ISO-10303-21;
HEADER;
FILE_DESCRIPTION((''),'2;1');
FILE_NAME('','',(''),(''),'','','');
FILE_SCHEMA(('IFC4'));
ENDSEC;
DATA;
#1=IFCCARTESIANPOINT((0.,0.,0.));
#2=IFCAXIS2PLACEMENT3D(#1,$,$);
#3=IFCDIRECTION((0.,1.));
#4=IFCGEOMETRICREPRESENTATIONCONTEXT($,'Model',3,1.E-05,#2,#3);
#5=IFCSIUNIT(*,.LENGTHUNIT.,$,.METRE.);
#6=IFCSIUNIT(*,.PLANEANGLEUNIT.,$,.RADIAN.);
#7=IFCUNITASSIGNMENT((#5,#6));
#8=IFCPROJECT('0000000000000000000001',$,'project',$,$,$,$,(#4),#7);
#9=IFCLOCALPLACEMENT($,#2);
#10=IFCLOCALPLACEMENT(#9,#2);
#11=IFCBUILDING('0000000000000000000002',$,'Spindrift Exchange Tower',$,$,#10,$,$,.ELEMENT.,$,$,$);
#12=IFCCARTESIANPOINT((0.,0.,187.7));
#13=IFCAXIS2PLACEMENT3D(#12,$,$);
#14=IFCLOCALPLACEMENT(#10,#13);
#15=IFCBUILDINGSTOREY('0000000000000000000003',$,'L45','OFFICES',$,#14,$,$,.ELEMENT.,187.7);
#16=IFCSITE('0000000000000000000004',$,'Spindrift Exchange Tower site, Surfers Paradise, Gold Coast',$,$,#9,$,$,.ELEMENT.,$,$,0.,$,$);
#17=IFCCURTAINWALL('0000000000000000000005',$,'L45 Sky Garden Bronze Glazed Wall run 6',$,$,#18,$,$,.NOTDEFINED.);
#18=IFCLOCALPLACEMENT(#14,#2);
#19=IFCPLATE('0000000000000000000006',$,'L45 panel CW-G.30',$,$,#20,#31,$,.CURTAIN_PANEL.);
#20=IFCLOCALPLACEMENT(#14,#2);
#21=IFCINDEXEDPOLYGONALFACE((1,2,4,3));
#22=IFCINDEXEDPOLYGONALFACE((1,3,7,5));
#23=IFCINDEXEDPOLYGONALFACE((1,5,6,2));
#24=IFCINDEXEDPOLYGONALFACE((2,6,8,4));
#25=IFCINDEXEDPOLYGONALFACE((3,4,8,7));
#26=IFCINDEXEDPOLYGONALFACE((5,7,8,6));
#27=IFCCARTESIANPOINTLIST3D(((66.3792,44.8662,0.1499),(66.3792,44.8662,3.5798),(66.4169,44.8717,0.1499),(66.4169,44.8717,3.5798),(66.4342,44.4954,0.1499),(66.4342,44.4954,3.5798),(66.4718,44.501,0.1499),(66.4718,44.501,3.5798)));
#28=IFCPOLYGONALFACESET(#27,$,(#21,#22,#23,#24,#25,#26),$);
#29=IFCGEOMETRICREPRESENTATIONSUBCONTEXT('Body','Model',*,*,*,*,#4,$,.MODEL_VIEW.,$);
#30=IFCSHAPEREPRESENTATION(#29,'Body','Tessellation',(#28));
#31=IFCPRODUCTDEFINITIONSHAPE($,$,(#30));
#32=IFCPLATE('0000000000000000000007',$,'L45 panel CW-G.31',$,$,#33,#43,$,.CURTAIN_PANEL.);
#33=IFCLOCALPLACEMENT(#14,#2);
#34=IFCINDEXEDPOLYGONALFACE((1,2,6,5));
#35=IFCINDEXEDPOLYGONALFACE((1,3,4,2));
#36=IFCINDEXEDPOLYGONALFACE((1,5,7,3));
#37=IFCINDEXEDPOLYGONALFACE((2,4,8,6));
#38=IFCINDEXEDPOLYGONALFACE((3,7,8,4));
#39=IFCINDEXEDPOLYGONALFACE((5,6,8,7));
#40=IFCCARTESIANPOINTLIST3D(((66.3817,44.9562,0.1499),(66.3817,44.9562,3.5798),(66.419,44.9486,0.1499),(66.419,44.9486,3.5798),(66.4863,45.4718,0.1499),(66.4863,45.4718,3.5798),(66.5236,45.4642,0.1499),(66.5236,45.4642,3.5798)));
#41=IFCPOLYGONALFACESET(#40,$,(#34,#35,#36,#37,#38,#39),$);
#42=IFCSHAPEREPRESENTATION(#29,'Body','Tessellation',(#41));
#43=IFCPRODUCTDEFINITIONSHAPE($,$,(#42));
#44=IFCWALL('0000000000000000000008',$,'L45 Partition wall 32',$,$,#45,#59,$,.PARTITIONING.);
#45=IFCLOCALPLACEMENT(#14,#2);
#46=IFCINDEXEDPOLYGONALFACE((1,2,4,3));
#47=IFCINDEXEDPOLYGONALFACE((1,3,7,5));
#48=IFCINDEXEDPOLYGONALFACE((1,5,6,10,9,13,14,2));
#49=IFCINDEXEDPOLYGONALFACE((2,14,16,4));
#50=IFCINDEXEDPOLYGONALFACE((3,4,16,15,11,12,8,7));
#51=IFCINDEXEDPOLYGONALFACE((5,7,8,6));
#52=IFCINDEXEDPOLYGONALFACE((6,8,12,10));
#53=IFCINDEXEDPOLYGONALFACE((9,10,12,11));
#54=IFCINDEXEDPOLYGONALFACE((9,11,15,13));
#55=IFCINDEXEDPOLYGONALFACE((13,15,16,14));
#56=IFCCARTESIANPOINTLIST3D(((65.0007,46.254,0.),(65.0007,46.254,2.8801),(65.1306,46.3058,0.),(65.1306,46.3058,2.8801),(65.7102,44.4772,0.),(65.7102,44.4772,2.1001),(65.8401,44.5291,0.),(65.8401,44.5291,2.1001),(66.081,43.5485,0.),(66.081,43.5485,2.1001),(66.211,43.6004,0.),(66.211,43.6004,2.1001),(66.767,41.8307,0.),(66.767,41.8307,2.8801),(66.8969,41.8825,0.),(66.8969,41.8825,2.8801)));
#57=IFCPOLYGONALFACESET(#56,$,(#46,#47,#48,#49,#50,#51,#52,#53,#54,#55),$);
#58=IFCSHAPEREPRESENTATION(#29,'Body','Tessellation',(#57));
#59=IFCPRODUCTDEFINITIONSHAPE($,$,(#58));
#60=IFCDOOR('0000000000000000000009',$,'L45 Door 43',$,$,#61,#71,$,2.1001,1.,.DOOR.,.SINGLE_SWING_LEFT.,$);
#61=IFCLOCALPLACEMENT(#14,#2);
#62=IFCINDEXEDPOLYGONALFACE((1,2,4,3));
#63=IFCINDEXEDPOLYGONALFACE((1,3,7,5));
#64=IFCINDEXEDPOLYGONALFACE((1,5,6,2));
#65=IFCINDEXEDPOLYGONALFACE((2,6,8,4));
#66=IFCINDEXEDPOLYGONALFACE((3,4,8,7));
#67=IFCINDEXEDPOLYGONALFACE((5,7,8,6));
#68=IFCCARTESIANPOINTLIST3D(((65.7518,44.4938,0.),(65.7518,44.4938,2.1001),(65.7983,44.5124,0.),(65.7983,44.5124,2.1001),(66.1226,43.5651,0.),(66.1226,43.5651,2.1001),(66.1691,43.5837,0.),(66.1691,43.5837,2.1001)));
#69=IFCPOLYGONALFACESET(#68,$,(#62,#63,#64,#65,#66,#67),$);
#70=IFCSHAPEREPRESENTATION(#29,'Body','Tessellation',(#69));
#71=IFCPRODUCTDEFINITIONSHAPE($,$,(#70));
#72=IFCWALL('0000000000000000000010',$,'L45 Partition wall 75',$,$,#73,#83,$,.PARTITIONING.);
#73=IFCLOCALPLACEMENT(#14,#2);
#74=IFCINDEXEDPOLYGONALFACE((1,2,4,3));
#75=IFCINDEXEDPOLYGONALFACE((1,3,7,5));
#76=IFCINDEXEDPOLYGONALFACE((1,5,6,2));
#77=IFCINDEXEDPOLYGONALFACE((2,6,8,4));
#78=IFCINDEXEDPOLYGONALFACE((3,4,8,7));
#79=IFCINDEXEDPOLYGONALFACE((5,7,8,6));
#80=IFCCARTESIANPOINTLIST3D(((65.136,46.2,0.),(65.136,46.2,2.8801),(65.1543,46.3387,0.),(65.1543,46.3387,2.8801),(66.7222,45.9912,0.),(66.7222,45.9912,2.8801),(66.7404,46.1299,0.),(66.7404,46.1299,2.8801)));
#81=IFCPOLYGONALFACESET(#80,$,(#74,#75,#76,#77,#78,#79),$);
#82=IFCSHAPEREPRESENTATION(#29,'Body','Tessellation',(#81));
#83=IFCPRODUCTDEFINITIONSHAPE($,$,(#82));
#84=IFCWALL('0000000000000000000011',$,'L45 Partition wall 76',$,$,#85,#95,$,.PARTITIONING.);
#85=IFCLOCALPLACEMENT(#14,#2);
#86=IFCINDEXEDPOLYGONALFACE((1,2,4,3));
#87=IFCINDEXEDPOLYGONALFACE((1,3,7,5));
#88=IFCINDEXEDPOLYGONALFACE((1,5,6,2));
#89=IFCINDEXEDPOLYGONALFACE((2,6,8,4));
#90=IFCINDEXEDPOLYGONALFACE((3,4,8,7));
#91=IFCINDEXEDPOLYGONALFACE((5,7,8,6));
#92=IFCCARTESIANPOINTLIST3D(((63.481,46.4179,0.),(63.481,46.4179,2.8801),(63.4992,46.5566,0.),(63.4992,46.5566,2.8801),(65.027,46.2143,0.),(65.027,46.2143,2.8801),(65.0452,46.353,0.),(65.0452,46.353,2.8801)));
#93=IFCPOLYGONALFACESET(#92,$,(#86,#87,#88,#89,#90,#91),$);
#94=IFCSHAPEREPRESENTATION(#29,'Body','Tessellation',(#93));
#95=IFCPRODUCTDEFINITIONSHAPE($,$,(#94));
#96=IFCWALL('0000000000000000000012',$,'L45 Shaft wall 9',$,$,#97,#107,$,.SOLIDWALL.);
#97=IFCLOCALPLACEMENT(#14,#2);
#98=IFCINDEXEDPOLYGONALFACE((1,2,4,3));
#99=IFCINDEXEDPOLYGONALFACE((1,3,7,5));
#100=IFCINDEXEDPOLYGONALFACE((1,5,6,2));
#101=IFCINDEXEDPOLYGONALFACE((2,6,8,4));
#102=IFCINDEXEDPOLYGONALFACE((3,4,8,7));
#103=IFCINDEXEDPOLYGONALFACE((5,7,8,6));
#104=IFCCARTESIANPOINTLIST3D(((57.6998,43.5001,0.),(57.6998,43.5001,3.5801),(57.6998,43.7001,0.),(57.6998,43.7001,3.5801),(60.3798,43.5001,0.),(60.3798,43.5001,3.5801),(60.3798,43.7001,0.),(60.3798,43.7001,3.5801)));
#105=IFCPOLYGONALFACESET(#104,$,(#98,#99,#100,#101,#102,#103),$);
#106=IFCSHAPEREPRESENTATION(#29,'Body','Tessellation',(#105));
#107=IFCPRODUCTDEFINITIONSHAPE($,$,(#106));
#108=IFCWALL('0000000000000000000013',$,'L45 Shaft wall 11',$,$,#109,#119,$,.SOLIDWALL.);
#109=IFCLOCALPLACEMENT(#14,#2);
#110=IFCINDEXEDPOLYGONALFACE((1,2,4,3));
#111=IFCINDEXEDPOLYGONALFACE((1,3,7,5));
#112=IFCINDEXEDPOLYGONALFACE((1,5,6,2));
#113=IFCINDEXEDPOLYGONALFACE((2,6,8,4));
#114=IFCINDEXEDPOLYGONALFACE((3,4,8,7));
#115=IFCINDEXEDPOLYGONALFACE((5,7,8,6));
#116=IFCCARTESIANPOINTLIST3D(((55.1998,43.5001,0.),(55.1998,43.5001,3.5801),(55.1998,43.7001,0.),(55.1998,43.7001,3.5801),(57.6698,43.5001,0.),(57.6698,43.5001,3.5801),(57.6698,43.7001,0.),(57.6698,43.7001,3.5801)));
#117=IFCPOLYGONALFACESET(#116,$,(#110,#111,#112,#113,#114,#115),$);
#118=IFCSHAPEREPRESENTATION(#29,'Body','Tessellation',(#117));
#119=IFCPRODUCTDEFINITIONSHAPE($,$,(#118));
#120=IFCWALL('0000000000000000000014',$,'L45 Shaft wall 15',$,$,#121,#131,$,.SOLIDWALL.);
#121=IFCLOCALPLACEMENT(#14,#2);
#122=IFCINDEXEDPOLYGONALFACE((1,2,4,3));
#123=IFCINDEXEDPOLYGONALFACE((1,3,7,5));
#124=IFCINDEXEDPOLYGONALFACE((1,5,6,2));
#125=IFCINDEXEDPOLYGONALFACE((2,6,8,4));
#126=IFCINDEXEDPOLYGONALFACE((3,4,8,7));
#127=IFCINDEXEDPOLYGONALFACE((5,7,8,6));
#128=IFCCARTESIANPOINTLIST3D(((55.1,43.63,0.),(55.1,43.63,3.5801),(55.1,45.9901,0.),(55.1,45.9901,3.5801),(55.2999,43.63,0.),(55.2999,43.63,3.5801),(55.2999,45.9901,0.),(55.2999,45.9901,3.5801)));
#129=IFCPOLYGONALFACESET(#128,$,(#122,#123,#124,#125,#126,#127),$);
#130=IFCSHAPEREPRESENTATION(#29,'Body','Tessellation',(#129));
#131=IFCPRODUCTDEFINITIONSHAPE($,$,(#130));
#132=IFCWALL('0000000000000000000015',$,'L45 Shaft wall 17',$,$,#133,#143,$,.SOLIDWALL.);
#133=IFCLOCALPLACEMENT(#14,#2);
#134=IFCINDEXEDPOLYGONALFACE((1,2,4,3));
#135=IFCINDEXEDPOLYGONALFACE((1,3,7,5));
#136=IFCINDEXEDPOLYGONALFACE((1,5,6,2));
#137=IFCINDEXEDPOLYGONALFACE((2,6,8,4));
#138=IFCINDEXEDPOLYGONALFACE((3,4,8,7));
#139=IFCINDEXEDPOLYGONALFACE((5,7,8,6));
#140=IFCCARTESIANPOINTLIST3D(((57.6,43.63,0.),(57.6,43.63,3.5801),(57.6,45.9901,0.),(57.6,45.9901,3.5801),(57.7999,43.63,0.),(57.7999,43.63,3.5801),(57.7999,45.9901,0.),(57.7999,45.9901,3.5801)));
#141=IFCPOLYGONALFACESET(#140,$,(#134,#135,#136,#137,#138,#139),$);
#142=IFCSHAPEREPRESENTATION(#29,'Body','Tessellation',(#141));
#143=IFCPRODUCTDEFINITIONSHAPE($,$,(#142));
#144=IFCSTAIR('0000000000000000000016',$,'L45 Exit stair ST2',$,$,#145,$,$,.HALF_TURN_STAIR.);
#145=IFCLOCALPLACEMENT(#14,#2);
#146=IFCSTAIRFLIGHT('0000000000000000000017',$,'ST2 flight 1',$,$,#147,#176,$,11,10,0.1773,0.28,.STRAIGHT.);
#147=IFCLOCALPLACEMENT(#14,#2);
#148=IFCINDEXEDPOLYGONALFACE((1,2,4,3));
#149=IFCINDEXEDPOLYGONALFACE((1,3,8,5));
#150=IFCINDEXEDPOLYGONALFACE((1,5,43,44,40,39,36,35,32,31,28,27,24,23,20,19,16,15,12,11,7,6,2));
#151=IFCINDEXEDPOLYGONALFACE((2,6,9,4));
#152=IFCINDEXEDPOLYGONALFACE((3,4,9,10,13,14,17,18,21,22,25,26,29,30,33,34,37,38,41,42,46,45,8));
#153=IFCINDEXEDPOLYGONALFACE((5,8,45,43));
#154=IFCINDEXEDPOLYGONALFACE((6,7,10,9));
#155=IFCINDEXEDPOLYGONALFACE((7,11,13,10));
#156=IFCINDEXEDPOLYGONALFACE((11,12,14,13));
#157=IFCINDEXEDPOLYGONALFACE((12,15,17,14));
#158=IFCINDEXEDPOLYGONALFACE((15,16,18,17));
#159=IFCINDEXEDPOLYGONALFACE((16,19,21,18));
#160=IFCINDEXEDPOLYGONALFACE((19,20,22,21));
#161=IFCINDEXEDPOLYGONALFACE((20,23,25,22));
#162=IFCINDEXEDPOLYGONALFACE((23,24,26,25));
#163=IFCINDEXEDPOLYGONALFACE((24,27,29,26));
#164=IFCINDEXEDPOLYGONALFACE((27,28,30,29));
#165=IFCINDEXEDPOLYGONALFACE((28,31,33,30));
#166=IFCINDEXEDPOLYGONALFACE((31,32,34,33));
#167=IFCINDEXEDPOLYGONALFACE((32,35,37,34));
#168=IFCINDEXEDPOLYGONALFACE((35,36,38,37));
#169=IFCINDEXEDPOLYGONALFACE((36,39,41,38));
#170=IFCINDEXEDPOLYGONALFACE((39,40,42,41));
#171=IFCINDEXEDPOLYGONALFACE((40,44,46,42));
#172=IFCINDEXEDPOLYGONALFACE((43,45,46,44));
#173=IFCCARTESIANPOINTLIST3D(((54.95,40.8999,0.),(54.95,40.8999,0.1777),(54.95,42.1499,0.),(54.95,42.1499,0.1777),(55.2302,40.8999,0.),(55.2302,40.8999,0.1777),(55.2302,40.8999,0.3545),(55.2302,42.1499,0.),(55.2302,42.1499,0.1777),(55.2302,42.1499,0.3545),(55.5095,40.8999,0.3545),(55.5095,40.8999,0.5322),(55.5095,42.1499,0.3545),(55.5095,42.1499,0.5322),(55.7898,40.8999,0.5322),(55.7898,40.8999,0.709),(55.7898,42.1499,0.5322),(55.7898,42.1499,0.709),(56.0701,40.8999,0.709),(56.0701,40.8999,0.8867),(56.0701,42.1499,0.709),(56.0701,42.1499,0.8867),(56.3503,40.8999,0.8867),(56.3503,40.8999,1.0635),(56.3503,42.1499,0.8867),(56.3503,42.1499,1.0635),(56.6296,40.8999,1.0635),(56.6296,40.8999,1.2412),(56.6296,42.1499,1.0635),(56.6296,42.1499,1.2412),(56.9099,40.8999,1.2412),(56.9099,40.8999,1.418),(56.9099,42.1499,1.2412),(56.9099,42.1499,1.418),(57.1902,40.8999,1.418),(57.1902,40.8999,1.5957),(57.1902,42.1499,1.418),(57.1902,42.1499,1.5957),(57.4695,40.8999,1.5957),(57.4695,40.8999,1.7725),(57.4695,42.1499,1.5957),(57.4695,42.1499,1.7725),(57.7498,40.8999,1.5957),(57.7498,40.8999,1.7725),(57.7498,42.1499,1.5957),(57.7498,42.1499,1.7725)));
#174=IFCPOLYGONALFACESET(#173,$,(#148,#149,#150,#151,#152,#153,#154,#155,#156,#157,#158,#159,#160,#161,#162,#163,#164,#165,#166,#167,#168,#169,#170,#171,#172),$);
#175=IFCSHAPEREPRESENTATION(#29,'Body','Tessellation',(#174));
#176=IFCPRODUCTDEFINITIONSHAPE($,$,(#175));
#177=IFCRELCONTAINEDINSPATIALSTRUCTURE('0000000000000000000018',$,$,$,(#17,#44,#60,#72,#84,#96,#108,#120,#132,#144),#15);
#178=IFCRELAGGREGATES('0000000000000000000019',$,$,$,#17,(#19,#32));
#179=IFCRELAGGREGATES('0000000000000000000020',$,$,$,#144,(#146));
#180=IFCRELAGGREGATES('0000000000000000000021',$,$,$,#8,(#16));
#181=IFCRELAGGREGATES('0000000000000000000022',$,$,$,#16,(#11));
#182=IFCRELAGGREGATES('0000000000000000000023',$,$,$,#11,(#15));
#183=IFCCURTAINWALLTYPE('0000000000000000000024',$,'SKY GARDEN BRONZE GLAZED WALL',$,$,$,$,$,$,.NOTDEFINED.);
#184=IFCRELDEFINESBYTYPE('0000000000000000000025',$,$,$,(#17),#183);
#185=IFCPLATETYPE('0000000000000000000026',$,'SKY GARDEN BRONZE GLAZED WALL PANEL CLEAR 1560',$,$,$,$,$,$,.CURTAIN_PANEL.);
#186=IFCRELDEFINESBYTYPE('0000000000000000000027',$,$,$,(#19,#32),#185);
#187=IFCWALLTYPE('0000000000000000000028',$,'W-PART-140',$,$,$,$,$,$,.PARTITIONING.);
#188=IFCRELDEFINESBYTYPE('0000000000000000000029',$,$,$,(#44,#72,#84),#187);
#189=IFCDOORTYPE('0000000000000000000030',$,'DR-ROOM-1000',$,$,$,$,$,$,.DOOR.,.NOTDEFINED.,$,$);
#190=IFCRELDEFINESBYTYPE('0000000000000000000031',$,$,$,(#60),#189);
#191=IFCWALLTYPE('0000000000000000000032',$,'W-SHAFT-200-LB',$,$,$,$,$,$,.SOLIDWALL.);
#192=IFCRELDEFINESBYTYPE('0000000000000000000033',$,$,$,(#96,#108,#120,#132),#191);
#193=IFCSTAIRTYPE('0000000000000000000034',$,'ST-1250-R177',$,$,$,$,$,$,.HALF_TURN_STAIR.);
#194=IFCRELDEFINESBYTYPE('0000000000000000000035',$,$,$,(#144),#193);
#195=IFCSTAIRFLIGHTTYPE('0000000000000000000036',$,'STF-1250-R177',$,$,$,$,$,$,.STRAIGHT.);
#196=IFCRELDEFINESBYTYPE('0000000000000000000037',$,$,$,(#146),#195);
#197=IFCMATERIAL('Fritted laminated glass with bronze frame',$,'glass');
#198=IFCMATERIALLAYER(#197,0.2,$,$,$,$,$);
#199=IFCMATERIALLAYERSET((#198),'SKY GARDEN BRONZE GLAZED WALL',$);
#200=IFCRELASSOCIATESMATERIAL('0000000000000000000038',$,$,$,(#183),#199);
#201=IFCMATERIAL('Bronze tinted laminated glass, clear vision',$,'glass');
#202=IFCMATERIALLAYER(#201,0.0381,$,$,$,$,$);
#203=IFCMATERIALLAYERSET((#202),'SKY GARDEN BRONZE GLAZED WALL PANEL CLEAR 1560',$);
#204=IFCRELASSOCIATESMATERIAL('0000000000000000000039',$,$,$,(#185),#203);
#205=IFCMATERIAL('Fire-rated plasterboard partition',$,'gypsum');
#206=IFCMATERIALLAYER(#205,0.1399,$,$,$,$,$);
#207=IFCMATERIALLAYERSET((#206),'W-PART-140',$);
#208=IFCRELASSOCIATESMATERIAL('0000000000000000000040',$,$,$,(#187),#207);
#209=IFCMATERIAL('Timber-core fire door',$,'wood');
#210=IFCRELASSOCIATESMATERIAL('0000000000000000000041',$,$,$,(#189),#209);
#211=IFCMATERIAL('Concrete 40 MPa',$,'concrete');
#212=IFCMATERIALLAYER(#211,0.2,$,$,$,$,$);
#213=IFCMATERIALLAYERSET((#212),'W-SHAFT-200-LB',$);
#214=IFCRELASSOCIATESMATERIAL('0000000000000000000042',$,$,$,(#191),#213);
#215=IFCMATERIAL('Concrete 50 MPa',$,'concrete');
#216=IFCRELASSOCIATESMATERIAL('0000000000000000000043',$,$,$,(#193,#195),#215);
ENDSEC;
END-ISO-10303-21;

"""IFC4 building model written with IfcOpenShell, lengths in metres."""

from ifc_helpers import new_model, si_unit, direction, frame, frame_2d, origin, origin_2d, place, context, subcontext, project, spatial, line, indexed_curve, rectangle, outline, extrude, source, transform, mapped, material, layer, layer_set, type_object, element, fill, aggregate, save


model = new_model("IFC4")

# Units and contexts
model_context = context("Model", 3, precision=1e-05, world=origin(), true_north=direction((0.0, 1.0)))
body_context = subcontext(model_context, "Body", "Model", "MODEL_VIEW")
ifc_project = project(units=[si_unit("LENGTHUNIT", "METRE"), si_unit("PLANEANGLEUNIT", "RADIAN")], contexts=[model_context])

# Site, building, storey
site_placement = place(None, origin())
site = spatial("IfcSite", under=ifc_project, at=site_placement, Name="Spindrift Exchange Tower site, Surfers Paradise, Gold Coast", CompositionType="ELEMENT", RefElevation=0.0)
building_placement = place(site_placement, origin())
building = spatial("IfcBuilding", under=site, at=building_placement, Name="Spindrift Exchange Tower", CompositionType="ELEMENT")
storey_placement = place(building_placement, frame((0.0, 0.0, 187.7)))
storey = spatial("IfcBuildingStorey", under=building, at=storey_placement, Name="L45", Description="OFFICES", CompositionType="ELEMENT", Elevation=187.7)

# Curtain wall
ifc_material_1 = material(Name="Fritted laminated glass with bronze frame", Category="glass")
ifc_layer_1 = layer(ifc_material_1, 0.2)
ifc_layer_set_1 = layer_set([ifc_layer_1], Name="SKY GARDEN BRONZE GLAZED WALL")
curtain_wall_type = type_object("IfcCurtainWallType", Name="SKY GARDEN BRONZE GLAZED WALL", PredefinedType="NOTDEFINED", material=ifc_layer_set_1)
curtain_wall_1_placement = place(storey_placement, origin())
curtain_wall_1 = element("IfcCurtainWall", 1, at=curtain_wall_1_placement, inside=storey, type_object=curtain_wall_type, Name="L45 Sky Garden Bronze Glazed Wall run 6", PredefinedType="NOTDEFINED")

# Plates
ifc_material_2 = material(Name="Bronze tinted laminated glass, clear vision", Category="glass")
ifc_layer_2 = layer(ifc_material_2, 0.0381)
ifc_layer_set_2 = layer_set([ifc_layer_2], Name="SKY GARDEN BRONZE GLAZED WALL PANEL CLEAR 1560")
plate_type = type_object("IfcPlateType", Name="SKY GARDEN BRONZE GLAZED WALL PANEL CLEAR 1560", PredefinedType="CURTAIN_PANEL", material=ifc_layer_set_2)
shared_shape_1 = source(origin(), body_context, "Body", "SweptSolid", [
    extrude(rectangle(XDim=0.3748, YDim=0.0381, at=origin_2d()), origin(), (0.0, 0.0, 1.0), 3.4299),
])
plate_1_placement = place(storey_placement, frame((66.4255, 44.6836, 0.1499), z_axis=(0.0, 0.0, 1.0), x_axis=(-0.146627, 0.989192, 0.0)))
plate_1 = element("IfcPlate", 2, at=plate_1_placement, type_object=plate_type, Name="L45 panel CW-G.30", PredefinedType="CURTAIN_PANEL", context=body_context, shape_type="MappedRepresentation", body=[
    mapped(shared_shape_1, transform((0.0, 0.0, 0.0), scale=1.0)),
])
shared_shape_2 = source(origin(), body_context, "Body", "SweptSolid", [
    extrude(rectangle(XDim=0.5261, YDim=0.0381, at=origin_2d()), origin(), (0.0, 0.0, 1.0), 3.4299),
])
plate_2_placement = place(storey_placement, frame((66.4526, 45.2102, 0.1499), z_axis=(0.0, 0.0, 1.0), x_axis=(0.19879, 0.980042, 0.0)))
plate_2 = element("IfcPlate", 3, at=plate_2_placement, type_object=plate_type, Name="L45 panel CW-G.31", PredefinedType="CURTAIN_PANEL", context=body_context, shape_type="MappedRepresentation", body=[
    mapped(shared_shape_2, transform((0.0, 0.0, 0.0), scale=1.0)),
])
aggregate(curtain_wall_1, [plate_1, plate_2])

# Wall, opening, door
ifc_material_3 = material(Name="Fire-rated plasterboard partition", Category="gypsum")
ifc_layer_3 = layer(ifc_material_3, 0.1399)
ifc_layer_set_3 = layer_set([ifc_layer_3], Name="W-PART-140")
wall_type_1 = type_object("IfcWallType", Name="W-PART-140", PredefinedType="PARTITIONING", material=ifc_layer_set_3)
wall_1_placement = place(storey_placement, frame((65.0657, 46.2798, 0.0), z_axis=(0.0, 0.0, 1.0), x_axis=(0.370852, -0.928692, 0.0)))
wall_1 = element("IfcWall", 4, at=wall_1_placement, inside=storey, type_object=wall_type_1, Name="L45 Partition wall 32", PredefinedType="PARTITIONING", context=body_context, shape_type="SweptSolid", body=[
    extrude(rectangle(XDim=4.7629, YDim=0.1399, at=frame_2d((2.3813, 0.0))), origin(), (0.0, 0.0, 1.0), 2.8801),
])
opening_placement = place(wall_1_placement, frame((1.9131, 0.0, 0.0)))
opening = element("IfcOpeningElement", 5, at=opening_placement, cuts=wall_1, PredefinedType="OPENING", context=body_context, shape_type="SweptSolid", body=[
    extrude(rectangle(XDim=1.0, YDim=2.1001, at=frame_2d((0.5, 1.05))), frame((0.0, 0.0798, 0.0), z_axis=(0.0, -1.0, 0.0), x_axis=(1.0, 0.0, 0.0)), (0.0, 0.0, 1.0), 0.1599),
])
ifc_material_4 = material(Name="Timber-core fire door", Category="wood")
door_type = type_object("IfcDoorType", Name="DR-ROOM-1000", OperationType="NOTDEFINED", PredefinedType="DOOR", material=ifc_material_4)
shared_shape_3 = source(origin(), body_context, "Body", "SweptSolid", [
    extrude(rectangle(XDim=1.0, YDim=2.1001, at=frame_2d((0.5, 1.05))), frame((0.0, 0.0249, 0.0), z_axis=(0.0, -1.0, 0.0), x_axis=(1.0, 0.0, 0.0)), (0.0, 0.0, 1.0), 0.05),
])
door_placement = place(opening_placement, origin())
door = element("IfcDoor", 6, at=door_placement, inside=storey, type_object=door_type, Name="L45 Door 43", OperationType="SINGLE_SWING_LEFT", OverallHeight=2.1001, OverallWidth=1.0, PredefinedType="DOOR", context=body_context, shape_type="MappedRepresentation", body=[
    mapped(shared_shape_3, transform((0.0, 0.0, 0.0), scale=1.0)),
])
fill(opening, door)

# Walls
wall_2_placement = place(storey_placement, frame((65.1453, 46.2693, 0.0), z_axis=(0.0, 0.0, 1.0), x_axis=(0.991452, -0.130474, 0.0)))
element("IfcWall", 7, at=wall_2_placement, inside=storey, type_object=wall_type_1, Name="L45 Partition wall 75", PredefinedType="PARTITIONING", context=body_context, shape_type="SweptSolid", body=[
    extrude(rectangle(XDim=1.5999, YDim=0.1399, at=frame_2d((0.7998, 0.0))), origin(), (0.0, 0.0, 1.0), 2.8801),
])
wall_3_placement = place(storey_placement, frame((63.49, 46.4873, 0.0), z_axis=(0.0, 0.0, 1.0), x_axis=(0.991437, -0.130584, 0.0)))
element("IfcWall", 8, at=wall_3_placement, inside=storey, type_object=wall_type_1, Name="L45 Partition wall 76", PredefinedType="PARTITIONING", context=body_context, shape_type="SweptSolid", body=[
    extrude(rectangle(XDim=1.5593, YDim=0.1399, at=frame_2d((0.7798, 0.0))), origin(), (0.0, 0.0, 1.0), 2.8801),
])
ifc_material_5 = material(Name="Concrete 40 MPa", Category="concrete")
ifc_layer_4 = layer(ifc_material_5, 0.2)
ifc_layer_set_4 = layer_set([ifc_layer_4], Name="W-SHAFT-200-LB")
wall_type_2 = type_object("IfcWallType", Name="W-SHAFT-200-LB", PredefinedType="SOLIDWALL", material=ifc_layer_set_4)
wall_4_placement = place(storey_placement, frame((57.7, 43.6001, 0.0), z_axis=(0.0, 0.0, 1.0), x_axis=(1.0, 0.0, 0.0)))
element("IfcWall", 9, at=wall_4_placement, inside=storey, type_object=wall_type_2, Name="L45 Shaft wall 9", PredefinedType="SOLIDWALL", context=body_context, shape_type="SweptSolid", body=[
    extrude(rectangle(XDim=2.6799, YDim=0.2, at=frame_2d((1.3398, 0.0))), origin(), (0.0, 0.0, 1.0), 3.5801),
])
wall_5_placement = place(storey_placement, frame((55.2, 43.6001, 0.0), z_axis=(0.0, 0.0, 1.0), x_axis=(1.0, 0.0, 0.0)))
element("IfcWall", 10, at=wall_5_placement, inside=storey, type_object=wall_type_2, Name="L45 Shaft wall 11", PredefinedType="SOLIDWALL", context=body_context, shape_type="SweptSolid", body=[
    extrude(rectangle(XDim=2.47, YDim=0.2, at=frame_2d((1.2349, 0.0))), origin(), (0.0, 0.0, 1.0), 3.5801),
])
for number, where, z_axis, x_axis, name in (
    (11, (55.2, 43.6299, 0.0), (0.0, 0.0, 1.0), (0.0, 1.0, 0.0), "L45 Shaft wall 15"),
    (12, (57.7, 43.6299, 0.0), (0.0, 0.0, 1.0), (0.0, 1.0, 0.0), "L45 Shaft wall 17"),
):
    element("IfcWall", number, at=place(storey_placement, frame(where, z_axis=z_axis, x_axis=x_axis)), inside=storey, type_object=wall_type_2, Name=name, PredefinedType="SOLIDWALL", context=body_context, shape_type="SweptSolid", body=[
        extrude(rectangle(XDim=2.3601, YDim=0.2, at=frame_2d((1.1802, 0.0))), origin(), (0.0, 0.0, 1.0), 3.5801),
    ])

# Stair, stair flight
ifc_material_6 = material(Name="Concrete 50 MPa", Category="concrete")
stair_type = type_object("IfcStairType", Name="ST-1250-R177", PredefinedType="HALF_TURN_STAIR", material=ifc_material_6)
stair_placement = place(storey_placement, origin())
stair = element("IfcStair", 13, at=stair_placement, inside=storey, type_object=stair_type, Name="L45 Exit stair ST2", PredefinedType="HALF_TURN_STAIR")
stair_flight_type = type_object("IfcStairFlightType", Name="STF-1250-R177", PredefinedType="STRAIGHT", material=ifc_material_6)
stair_flight_1_placement = place(storey_placement, frame((54.95, 41.5249, 0.0), z_axis=(0.0, 0.0, 1.0), x_axis=(1.0, 0.0, 0.0)))
stair_flight_1 = element("IfcStairFlight", 14, at=stair_flight_1_placement, type_object=stair_flight_type, Name="ST2 flight 1", NumberOfRisers=11, NumberOfTreads=10, PredefinedType="STRAIGHT", RiserHeight=0.1773, TreadLength=0.28, context=body_context, shape_type="SweptSolid", body=[
    extrude(outline(indexed_curve([(0.0, 0.0), (0.0, 0.1777), (0.2803, 0.1777), (0.2803, 0.3545), (0.5596, 0.3545), (0.5596, 0.5322), (0.8398, 0.5322), (0.8398, 0.709), (1.1201, 0.709), (1.1201, 0.8867), (1.4004, 0.8867), (1.4004, 1.0635), (1.6797, 1.0635), (1.6797, 1.2412), (1.96, 1.2412), (1.96, 1.418), (2.2402, 1.418), (2.2402, 1.5957), (2.5195, 1.5957), (2.5195, 1.7725), (2.7998, 1.7725), (2.7998, 1.9502), (2.7998, 1.5957), (0.2803, 0.0)], segments=[line(1, 2, 3, 4, 5, 6, 7, 8, 9, 10, 11, 12, 13, 14, 15, 16, 17, 18, 19, 20, 21, 22, 23, 24, 1)], self_intersect=False)), frame((0.0, 0.625, 0.0), z_axis=(0.0, -1.0, 0.0), x_axis=(1.0, 0.0, 0.0)), (0.0, 0.0, 1.0), 1.25),
])
aggregate(stair, [stair_flight_1])

save(model, "model.ifc")
